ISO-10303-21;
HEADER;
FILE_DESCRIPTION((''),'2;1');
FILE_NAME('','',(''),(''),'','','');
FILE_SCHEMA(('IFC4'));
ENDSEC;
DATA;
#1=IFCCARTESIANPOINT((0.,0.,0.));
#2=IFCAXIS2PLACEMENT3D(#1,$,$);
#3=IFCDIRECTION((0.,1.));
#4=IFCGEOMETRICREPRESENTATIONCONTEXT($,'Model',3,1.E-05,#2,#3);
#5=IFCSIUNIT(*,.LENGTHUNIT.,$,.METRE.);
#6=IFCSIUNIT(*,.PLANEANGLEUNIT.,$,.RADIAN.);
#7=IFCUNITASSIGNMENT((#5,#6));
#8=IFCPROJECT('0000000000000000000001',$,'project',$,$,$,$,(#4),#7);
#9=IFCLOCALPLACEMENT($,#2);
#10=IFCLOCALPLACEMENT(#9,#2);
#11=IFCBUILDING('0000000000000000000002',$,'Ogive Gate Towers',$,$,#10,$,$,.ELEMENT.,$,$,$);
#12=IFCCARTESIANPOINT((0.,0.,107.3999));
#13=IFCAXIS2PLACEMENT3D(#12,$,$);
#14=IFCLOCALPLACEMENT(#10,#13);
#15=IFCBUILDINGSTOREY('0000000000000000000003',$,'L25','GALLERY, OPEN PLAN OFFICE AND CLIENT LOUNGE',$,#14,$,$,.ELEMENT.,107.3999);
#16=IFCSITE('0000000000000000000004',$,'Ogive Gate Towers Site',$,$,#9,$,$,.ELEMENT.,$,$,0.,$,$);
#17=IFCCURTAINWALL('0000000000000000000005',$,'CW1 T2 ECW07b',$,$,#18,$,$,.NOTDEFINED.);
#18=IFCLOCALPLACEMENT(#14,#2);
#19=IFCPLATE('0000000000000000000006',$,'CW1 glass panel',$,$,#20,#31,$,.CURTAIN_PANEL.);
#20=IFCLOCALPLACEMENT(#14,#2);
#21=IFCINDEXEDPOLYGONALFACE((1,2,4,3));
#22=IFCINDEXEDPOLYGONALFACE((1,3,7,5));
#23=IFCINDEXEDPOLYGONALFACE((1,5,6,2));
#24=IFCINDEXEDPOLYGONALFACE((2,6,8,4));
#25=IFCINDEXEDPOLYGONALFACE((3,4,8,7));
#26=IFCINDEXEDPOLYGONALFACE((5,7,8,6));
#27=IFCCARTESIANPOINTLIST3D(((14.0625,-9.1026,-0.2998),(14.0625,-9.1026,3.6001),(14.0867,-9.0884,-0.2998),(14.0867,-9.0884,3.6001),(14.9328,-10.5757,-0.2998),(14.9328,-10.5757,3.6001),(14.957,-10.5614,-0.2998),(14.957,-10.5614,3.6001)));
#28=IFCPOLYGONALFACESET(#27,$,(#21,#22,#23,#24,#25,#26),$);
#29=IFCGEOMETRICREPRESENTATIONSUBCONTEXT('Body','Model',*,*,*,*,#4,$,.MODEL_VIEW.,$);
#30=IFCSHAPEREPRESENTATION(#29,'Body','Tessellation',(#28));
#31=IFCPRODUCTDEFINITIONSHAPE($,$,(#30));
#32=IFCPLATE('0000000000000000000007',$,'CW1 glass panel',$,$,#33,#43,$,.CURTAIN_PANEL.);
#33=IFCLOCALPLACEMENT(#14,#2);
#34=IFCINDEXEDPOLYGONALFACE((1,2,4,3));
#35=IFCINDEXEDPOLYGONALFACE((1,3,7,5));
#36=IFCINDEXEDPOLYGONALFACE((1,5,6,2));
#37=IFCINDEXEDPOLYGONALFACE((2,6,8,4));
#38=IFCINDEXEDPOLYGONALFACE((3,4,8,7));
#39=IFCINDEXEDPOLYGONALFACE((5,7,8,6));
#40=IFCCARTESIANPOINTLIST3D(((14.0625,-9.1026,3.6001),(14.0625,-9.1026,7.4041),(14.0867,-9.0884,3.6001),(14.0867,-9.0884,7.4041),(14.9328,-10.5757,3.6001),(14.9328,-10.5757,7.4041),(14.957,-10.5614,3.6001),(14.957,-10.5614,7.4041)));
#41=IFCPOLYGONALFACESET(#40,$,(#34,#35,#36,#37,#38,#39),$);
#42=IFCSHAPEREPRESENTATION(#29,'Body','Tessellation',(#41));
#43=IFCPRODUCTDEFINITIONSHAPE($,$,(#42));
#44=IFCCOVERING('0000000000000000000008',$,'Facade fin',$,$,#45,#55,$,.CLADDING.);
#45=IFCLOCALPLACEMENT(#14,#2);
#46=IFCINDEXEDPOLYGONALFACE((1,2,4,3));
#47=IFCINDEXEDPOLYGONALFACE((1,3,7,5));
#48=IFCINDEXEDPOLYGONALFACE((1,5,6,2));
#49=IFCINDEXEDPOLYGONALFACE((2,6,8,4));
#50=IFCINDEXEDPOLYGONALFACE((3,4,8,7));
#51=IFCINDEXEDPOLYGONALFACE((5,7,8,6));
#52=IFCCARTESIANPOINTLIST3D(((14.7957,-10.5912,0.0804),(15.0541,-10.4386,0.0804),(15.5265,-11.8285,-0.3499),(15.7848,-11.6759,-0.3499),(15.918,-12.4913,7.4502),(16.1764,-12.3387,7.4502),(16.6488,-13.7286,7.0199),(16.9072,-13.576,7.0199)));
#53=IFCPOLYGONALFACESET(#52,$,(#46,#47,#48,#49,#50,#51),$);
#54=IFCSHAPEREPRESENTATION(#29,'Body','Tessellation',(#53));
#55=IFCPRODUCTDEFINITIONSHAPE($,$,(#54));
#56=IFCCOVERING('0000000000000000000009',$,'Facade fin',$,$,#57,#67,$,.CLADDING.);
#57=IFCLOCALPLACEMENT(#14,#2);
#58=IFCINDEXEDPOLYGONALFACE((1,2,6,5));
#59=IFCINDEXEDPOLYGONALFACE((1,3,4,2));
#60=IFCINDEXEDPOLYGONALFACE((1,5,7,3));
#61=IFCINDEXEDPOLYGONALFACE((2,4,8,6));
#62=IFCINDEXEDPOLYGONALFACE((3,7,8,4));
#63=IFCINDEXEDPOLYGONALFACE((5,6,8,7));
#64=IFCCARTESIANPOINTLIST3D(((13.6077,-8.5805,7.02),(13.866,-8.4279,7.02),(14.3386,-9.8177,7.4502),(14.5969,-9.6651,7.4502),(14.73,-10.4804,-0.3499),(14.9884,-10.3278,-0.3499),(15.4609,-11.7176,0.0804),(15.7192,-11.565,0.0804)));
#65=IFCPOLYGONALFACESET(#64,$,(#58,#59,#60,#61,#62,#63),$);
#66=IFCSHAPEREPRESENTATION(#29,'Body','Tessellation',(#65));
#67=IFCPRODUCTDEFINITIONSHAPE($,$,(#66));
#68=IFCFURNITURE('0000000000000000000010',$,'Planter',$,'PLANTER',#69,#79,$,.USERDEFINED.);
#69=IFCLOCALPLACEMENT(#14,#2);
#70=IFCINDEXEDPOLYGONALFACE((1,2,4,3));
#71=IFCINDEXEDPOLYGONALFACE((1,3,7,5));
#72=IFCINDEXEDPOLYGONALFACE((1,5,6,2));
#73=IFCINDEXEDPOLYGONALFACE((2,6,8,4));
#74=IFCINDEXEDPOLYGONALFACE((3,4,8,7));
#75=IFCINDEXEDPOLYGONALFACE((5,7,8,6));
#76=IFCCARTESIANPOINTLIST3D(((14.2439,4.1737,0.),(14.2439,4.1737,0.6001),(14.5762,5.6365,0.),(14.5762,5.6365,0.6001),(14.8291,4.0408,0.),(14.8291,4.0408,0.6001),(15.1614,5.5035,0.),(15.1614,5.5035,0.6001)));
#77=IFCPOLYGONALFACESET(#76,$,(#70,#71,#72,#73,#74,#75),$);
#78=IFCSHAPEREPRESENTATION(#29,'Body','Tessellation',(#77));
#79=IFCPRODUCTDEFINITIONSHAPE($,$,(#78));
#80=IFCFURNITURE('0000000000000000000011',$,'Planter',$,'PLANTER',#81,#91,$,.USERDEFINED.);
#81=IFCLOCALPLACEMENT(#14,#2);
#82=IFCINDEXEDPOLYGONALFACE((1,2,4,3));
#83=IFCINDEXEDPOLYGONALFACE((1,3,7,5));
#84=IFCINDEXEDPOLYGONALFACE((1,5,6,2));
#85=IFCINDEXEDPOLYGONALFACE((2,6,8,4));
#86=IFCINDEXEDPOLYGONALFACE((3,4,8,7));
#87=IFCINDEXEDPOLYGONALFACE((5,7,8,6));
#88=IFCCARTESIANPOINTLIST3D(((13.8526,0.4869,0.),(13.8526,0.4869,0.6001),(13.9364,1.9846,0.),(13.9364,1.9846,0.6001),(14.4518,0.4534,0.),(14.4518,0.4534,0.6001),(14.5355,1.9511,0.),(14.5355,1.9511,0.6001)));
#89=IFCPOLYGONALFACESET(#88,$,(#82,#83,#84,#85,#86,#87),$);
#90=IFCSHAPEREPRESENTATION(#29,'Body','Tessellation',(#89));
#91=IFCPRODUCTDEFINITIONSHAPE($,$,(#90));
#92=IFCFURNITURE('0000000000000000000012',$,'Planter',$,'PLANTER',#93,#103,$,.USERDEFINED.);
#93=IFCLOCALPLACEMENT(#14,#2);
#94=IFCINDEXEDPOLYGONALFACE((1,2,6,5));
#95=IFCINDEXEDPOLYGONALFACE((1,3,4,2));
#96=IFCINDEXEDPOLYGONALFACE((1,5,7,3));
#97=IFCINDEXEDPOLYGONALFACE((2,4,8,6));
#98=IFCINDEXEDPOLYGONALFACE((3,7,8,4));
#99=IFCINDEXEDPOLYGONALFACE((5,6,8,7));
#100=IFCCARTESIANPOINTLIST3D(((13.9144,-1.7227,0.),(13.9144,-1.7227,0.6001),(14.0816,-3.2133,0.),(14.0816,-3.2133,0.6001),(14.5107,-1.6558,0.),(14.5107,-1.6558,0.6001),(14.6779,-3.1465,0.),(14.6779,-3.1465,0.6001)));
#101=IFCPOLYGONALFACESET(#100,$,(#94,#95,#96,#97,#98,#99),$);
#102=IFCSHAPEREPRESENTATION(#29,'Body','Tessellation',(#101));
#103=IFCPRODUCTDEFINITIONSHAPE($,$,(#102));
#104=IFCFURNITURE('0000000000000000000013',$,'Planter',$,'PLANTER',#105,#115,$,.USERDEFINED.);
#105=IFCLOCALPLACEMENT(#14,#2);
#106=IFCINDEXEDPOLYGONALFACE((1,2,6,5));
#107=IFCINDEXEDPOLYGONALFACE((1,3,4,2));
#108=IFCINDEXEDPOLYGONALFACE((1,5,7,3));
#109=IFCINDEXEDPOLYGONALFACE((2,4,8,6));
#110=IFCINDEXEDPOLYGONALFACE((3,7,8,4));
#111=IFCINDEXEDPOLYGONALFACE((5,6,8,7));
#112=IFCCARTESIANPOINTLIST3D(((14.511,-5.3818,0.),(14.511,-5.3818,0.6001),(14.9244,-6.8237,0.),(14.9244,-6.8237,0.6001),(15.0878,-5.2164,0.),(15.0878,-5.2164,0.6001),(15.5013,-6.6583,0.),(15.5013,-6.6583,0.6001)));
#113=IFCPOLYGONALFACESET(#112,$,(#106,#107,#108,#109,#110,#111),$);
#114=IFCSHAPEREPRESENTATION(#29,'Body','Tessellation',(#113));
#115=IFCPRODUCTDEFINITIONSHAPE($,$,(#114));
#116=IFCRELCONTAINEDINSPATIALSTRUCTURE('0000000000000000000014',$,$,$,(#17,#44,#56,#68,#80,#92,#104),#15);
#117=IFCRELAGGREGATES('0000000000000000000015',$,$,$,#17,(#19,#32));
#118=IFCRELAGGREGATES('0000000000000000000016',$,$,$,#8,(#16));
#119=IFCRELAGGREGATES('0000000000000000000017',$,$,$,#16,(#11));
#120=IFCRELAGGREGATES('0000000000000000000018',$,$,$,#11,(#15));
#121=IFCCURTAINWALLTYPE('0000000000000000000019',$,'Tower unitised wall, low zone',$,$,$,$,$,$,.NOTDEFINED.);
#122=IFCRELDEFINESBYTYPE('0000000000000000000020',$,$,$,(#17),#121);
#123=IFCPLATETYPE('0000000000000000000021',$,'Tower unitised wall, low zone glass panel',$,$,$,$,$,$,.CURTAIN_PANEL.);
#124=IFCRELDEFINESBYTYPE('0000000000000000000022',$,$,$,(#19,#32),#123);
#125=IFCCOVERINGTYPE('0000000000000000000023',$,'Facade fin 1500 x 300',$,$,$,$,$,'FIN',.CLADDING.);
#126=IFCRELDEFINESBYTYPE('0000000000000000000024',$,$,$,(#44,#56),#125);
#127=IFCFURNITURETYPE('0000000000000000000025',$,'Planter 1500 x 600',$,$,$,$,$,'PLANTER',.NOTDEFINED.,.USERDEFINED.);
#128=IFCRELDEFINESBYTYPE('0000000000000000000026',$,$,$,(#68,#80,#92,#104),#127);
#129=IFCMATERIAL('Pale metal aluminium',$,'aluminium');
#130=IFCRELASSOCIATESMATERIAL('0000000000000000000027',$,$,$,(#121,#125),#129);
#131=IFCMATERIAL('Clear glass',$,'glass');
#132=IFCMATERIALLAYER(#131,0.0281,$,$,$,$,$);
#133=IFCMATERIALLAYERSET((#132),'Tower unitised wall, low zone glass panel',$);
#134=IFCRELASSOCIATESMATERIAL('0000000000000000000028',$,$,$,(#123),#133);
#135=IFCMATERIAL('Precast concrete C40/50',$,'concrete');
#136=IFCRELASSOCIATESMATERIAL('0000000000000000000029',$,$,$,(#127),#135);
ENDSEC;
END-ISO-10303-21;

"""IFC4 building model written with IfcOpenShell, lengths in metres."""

from ifc_helpers import new_model, si_unit, direction, frame, origin, origin_2d, place, context, subcontext, project, spatial, rectangle, extrude, material, layer, layer_set, material_profile, profile_set, type_object, element, aggregate, save


model = new_model("IFC4")

# Units and contexts
model_context = context("Model", 3, precision=1e-05, world=origin(), true_north=direction((0.0, 1.0)))
body_context = subcontext(model_context, "Body", "Model", "MODEL_VIEW")
ifc_project = project(units=[si_unit("LENGTHUNIT", "METRE"), si_unit("PLANEANGLEUNIT", "RADIAN")], contexts=[model_context])

# Site, building, storey
site_placement = place(None, origin())
site = spatial("IfcSite", under=ifc_project, at=site_placement, Name="Ogive Gate Towers Site", CompositionType="ELEMENT", RefElevation=0.0)
building_placement = place(site_placement, origin())
building = spatial("IfcBuilding", under=site, at=building_placement, Name="Ogive Gate Towers", CompositionType="ELEMENT")
storey_placement = place(building_placement, frame((0.0, 0.0, 107.3999)))
storey = spatial("IfcBuildingStorey", under=building, at=storey_placement, Name="L25", Description="GALLERY, OPEN PLAN OFFICE AND CLIENT LOUNGE", CompositionType="ELEMENT", Elevation=107.3999)

# Shared definitions
ifc_material_1 = material(Name="Pale metal aluminium", Category="aluminium")
curtain_wall_type = type_object("IfcCurtainWallType", Name="Tower unitised wall, low zone", PredefinedType="NOTDEFINED", material=ifc_material_1)

# Curtain wall
curtain_wall_1_placement = place(storey_placement, origin())
curtain_wall_1 = element("IfcCurtainWall", 1, at=curtain_wall_1_placement, inside=storey, type_object=curtain_wall_type, Name="CW1 T2 ECW07b", PredefinedType="NOTDEFINED")

# Plates
ifc_material_2 = material(Name="Clear glass", Category="glass")
ifc_layer = layer(ifc_material_2, 0.0281)
ifc_layer_set = layer_set([ifc_layer], Name="Tower unitised wall, low zone glass panel")
plate_type = type_object("IfcPlateType", Name="Tower unitised wall, low zone glass panel", PredefinedType="CURTAIN_PANEL", material=ifc_layer_set)
plate_1_placement = place(storey_placement, frame((14.5098, -9.832, -0.2998), z_axis=(0.0, 0.0, 1.0), x_axis=(0.508651, -0.860973, 0.0)))
plate_1 = element("IfcPlate", 2, at=plate_1_placement, type_object=plate_type, Name="CW1 glass panel", PredefinedType="CURTAIN_PANEL", context=body_context, shape_type="SweptSolid", body=[
    extrude(rectangle(XDim=1.7109, YDim=0.0281, at=origin_2d()), origin(), (0.0, 0.0, 1.0), 3.8999),
])
plate_2_placement = place(storey_placement, frame((14.5098, -9.832, 3.6001), z_axis=(0.0, 0.0, 1.0), x_axis=(0.508651, -0.860973, 0.0)))
plate_2 = element("IfcPlate", 3, at=plate_2_placement, type_object=plate_type, Name="CW1 glass panel", PredefinedType="CURTAIN_PANEL", context=body_context, shape_type="SweptSolid", body=[
    extrude(rectangle(XDim=1.7109, YDim=0.0281, at=origin_2d()), origin(), (0.0, 0.0, 1.0), 3.804),
])
aggregate(curtain_wall_1, [plate_1, plate_2])

# Coverings
ifc_material_profile_1 = material_profile(ifc_material_1, rectangle(XDim=0.3, YDim=1.5, at=origin_2d()), Name="1500 x 300 pale metal aluminium")
ifc_profile_set_1 = profile_set([ifc_material_profile_1], Name="Pale metal aluminium")
covering_type = type_object("IfcCoveringType", Name="Facade fin 1500 x 300", ElementType="FIN", PredefinedType="CLADDING", material=ifc_profile_set_1)
for number, where, z_axis, x_axis, name in (
    (4, (15.2903, -11.1335, -0.1348), (0.145884, -0.246991, 0.957974), (0.861026, 0.508562, 0.0), "Facade fin"),
    (5, (15.2246, -11.0227, -0.1348), (-0.145885, 0.246961, 0.957981), (-0.860997, -0.50861, 0.0), "Facade fin"),
):
    element("IfcCovering", number, at=place(storey_placement, frame(where, z_axis=z_axis, x_axis=x_axis)), inside=storey, type_object=covering_type, Name=name, PredefinedType="CLADDING", context=body_context, shape_type="SweptSolid", body=[
        extrude(rectangle(XDim=0.3, YDim=1.5, at=origin_2d()), origin(), (0.0, 0.0, 1.0), 7.6931),
    ])

# Furniture
ifc_material_3 = material(Name="Precast concrete C40/50", Category="concrete")
furniture_type = type_object("IfcFurnitureType", Name="Planter 1500 x 600", ElementType="PLANTER", AssemblyPlace="NOTDEFINED", PredefinedType="USERDEFINED", material=ifc_material_3)
for number, where, z_axis, x_axis, name in (
    (6, (14.7026, 4.8386, 0.0), (0.0, 0.0, 1.0), (-0.221548, -0.975149, 0.0), "Planter"),
    (7, (14.1941, 1.219, 0.0), (0.0, 0.0, 1.0), (-0.055822, -0.998441, 0.0), "Planter"),
    (8, (14.2961, -2.4346, 0.0), (0.0, 0.0, 1.0), (0.111469, -0.993768, 0.0), "Planter"),
    (9, (15.0061, -6.02, 0.0), (0.0, 0.0, 1.0), (0.275637, -0.961262, 0.0), "Planter"),
):
    element("IfcFurniture", number, at=place(storey_placement, frame(where, z_axis=z_axis, x_axis=x_axis)), inside=storey, type_object=furniture_type, Name=name, ObjectType="PLANTER", PredefinedType="USERDEFINED", context=body_context, shape_type="SweptSolid", body=[
        extrude(rectangle(XDim=1.5, YDim=0.6001, at=origin_2d()), origin(), (0.0, 0.0, 1.0), 0.6001),
    ])

save(model, "model.ifc")
